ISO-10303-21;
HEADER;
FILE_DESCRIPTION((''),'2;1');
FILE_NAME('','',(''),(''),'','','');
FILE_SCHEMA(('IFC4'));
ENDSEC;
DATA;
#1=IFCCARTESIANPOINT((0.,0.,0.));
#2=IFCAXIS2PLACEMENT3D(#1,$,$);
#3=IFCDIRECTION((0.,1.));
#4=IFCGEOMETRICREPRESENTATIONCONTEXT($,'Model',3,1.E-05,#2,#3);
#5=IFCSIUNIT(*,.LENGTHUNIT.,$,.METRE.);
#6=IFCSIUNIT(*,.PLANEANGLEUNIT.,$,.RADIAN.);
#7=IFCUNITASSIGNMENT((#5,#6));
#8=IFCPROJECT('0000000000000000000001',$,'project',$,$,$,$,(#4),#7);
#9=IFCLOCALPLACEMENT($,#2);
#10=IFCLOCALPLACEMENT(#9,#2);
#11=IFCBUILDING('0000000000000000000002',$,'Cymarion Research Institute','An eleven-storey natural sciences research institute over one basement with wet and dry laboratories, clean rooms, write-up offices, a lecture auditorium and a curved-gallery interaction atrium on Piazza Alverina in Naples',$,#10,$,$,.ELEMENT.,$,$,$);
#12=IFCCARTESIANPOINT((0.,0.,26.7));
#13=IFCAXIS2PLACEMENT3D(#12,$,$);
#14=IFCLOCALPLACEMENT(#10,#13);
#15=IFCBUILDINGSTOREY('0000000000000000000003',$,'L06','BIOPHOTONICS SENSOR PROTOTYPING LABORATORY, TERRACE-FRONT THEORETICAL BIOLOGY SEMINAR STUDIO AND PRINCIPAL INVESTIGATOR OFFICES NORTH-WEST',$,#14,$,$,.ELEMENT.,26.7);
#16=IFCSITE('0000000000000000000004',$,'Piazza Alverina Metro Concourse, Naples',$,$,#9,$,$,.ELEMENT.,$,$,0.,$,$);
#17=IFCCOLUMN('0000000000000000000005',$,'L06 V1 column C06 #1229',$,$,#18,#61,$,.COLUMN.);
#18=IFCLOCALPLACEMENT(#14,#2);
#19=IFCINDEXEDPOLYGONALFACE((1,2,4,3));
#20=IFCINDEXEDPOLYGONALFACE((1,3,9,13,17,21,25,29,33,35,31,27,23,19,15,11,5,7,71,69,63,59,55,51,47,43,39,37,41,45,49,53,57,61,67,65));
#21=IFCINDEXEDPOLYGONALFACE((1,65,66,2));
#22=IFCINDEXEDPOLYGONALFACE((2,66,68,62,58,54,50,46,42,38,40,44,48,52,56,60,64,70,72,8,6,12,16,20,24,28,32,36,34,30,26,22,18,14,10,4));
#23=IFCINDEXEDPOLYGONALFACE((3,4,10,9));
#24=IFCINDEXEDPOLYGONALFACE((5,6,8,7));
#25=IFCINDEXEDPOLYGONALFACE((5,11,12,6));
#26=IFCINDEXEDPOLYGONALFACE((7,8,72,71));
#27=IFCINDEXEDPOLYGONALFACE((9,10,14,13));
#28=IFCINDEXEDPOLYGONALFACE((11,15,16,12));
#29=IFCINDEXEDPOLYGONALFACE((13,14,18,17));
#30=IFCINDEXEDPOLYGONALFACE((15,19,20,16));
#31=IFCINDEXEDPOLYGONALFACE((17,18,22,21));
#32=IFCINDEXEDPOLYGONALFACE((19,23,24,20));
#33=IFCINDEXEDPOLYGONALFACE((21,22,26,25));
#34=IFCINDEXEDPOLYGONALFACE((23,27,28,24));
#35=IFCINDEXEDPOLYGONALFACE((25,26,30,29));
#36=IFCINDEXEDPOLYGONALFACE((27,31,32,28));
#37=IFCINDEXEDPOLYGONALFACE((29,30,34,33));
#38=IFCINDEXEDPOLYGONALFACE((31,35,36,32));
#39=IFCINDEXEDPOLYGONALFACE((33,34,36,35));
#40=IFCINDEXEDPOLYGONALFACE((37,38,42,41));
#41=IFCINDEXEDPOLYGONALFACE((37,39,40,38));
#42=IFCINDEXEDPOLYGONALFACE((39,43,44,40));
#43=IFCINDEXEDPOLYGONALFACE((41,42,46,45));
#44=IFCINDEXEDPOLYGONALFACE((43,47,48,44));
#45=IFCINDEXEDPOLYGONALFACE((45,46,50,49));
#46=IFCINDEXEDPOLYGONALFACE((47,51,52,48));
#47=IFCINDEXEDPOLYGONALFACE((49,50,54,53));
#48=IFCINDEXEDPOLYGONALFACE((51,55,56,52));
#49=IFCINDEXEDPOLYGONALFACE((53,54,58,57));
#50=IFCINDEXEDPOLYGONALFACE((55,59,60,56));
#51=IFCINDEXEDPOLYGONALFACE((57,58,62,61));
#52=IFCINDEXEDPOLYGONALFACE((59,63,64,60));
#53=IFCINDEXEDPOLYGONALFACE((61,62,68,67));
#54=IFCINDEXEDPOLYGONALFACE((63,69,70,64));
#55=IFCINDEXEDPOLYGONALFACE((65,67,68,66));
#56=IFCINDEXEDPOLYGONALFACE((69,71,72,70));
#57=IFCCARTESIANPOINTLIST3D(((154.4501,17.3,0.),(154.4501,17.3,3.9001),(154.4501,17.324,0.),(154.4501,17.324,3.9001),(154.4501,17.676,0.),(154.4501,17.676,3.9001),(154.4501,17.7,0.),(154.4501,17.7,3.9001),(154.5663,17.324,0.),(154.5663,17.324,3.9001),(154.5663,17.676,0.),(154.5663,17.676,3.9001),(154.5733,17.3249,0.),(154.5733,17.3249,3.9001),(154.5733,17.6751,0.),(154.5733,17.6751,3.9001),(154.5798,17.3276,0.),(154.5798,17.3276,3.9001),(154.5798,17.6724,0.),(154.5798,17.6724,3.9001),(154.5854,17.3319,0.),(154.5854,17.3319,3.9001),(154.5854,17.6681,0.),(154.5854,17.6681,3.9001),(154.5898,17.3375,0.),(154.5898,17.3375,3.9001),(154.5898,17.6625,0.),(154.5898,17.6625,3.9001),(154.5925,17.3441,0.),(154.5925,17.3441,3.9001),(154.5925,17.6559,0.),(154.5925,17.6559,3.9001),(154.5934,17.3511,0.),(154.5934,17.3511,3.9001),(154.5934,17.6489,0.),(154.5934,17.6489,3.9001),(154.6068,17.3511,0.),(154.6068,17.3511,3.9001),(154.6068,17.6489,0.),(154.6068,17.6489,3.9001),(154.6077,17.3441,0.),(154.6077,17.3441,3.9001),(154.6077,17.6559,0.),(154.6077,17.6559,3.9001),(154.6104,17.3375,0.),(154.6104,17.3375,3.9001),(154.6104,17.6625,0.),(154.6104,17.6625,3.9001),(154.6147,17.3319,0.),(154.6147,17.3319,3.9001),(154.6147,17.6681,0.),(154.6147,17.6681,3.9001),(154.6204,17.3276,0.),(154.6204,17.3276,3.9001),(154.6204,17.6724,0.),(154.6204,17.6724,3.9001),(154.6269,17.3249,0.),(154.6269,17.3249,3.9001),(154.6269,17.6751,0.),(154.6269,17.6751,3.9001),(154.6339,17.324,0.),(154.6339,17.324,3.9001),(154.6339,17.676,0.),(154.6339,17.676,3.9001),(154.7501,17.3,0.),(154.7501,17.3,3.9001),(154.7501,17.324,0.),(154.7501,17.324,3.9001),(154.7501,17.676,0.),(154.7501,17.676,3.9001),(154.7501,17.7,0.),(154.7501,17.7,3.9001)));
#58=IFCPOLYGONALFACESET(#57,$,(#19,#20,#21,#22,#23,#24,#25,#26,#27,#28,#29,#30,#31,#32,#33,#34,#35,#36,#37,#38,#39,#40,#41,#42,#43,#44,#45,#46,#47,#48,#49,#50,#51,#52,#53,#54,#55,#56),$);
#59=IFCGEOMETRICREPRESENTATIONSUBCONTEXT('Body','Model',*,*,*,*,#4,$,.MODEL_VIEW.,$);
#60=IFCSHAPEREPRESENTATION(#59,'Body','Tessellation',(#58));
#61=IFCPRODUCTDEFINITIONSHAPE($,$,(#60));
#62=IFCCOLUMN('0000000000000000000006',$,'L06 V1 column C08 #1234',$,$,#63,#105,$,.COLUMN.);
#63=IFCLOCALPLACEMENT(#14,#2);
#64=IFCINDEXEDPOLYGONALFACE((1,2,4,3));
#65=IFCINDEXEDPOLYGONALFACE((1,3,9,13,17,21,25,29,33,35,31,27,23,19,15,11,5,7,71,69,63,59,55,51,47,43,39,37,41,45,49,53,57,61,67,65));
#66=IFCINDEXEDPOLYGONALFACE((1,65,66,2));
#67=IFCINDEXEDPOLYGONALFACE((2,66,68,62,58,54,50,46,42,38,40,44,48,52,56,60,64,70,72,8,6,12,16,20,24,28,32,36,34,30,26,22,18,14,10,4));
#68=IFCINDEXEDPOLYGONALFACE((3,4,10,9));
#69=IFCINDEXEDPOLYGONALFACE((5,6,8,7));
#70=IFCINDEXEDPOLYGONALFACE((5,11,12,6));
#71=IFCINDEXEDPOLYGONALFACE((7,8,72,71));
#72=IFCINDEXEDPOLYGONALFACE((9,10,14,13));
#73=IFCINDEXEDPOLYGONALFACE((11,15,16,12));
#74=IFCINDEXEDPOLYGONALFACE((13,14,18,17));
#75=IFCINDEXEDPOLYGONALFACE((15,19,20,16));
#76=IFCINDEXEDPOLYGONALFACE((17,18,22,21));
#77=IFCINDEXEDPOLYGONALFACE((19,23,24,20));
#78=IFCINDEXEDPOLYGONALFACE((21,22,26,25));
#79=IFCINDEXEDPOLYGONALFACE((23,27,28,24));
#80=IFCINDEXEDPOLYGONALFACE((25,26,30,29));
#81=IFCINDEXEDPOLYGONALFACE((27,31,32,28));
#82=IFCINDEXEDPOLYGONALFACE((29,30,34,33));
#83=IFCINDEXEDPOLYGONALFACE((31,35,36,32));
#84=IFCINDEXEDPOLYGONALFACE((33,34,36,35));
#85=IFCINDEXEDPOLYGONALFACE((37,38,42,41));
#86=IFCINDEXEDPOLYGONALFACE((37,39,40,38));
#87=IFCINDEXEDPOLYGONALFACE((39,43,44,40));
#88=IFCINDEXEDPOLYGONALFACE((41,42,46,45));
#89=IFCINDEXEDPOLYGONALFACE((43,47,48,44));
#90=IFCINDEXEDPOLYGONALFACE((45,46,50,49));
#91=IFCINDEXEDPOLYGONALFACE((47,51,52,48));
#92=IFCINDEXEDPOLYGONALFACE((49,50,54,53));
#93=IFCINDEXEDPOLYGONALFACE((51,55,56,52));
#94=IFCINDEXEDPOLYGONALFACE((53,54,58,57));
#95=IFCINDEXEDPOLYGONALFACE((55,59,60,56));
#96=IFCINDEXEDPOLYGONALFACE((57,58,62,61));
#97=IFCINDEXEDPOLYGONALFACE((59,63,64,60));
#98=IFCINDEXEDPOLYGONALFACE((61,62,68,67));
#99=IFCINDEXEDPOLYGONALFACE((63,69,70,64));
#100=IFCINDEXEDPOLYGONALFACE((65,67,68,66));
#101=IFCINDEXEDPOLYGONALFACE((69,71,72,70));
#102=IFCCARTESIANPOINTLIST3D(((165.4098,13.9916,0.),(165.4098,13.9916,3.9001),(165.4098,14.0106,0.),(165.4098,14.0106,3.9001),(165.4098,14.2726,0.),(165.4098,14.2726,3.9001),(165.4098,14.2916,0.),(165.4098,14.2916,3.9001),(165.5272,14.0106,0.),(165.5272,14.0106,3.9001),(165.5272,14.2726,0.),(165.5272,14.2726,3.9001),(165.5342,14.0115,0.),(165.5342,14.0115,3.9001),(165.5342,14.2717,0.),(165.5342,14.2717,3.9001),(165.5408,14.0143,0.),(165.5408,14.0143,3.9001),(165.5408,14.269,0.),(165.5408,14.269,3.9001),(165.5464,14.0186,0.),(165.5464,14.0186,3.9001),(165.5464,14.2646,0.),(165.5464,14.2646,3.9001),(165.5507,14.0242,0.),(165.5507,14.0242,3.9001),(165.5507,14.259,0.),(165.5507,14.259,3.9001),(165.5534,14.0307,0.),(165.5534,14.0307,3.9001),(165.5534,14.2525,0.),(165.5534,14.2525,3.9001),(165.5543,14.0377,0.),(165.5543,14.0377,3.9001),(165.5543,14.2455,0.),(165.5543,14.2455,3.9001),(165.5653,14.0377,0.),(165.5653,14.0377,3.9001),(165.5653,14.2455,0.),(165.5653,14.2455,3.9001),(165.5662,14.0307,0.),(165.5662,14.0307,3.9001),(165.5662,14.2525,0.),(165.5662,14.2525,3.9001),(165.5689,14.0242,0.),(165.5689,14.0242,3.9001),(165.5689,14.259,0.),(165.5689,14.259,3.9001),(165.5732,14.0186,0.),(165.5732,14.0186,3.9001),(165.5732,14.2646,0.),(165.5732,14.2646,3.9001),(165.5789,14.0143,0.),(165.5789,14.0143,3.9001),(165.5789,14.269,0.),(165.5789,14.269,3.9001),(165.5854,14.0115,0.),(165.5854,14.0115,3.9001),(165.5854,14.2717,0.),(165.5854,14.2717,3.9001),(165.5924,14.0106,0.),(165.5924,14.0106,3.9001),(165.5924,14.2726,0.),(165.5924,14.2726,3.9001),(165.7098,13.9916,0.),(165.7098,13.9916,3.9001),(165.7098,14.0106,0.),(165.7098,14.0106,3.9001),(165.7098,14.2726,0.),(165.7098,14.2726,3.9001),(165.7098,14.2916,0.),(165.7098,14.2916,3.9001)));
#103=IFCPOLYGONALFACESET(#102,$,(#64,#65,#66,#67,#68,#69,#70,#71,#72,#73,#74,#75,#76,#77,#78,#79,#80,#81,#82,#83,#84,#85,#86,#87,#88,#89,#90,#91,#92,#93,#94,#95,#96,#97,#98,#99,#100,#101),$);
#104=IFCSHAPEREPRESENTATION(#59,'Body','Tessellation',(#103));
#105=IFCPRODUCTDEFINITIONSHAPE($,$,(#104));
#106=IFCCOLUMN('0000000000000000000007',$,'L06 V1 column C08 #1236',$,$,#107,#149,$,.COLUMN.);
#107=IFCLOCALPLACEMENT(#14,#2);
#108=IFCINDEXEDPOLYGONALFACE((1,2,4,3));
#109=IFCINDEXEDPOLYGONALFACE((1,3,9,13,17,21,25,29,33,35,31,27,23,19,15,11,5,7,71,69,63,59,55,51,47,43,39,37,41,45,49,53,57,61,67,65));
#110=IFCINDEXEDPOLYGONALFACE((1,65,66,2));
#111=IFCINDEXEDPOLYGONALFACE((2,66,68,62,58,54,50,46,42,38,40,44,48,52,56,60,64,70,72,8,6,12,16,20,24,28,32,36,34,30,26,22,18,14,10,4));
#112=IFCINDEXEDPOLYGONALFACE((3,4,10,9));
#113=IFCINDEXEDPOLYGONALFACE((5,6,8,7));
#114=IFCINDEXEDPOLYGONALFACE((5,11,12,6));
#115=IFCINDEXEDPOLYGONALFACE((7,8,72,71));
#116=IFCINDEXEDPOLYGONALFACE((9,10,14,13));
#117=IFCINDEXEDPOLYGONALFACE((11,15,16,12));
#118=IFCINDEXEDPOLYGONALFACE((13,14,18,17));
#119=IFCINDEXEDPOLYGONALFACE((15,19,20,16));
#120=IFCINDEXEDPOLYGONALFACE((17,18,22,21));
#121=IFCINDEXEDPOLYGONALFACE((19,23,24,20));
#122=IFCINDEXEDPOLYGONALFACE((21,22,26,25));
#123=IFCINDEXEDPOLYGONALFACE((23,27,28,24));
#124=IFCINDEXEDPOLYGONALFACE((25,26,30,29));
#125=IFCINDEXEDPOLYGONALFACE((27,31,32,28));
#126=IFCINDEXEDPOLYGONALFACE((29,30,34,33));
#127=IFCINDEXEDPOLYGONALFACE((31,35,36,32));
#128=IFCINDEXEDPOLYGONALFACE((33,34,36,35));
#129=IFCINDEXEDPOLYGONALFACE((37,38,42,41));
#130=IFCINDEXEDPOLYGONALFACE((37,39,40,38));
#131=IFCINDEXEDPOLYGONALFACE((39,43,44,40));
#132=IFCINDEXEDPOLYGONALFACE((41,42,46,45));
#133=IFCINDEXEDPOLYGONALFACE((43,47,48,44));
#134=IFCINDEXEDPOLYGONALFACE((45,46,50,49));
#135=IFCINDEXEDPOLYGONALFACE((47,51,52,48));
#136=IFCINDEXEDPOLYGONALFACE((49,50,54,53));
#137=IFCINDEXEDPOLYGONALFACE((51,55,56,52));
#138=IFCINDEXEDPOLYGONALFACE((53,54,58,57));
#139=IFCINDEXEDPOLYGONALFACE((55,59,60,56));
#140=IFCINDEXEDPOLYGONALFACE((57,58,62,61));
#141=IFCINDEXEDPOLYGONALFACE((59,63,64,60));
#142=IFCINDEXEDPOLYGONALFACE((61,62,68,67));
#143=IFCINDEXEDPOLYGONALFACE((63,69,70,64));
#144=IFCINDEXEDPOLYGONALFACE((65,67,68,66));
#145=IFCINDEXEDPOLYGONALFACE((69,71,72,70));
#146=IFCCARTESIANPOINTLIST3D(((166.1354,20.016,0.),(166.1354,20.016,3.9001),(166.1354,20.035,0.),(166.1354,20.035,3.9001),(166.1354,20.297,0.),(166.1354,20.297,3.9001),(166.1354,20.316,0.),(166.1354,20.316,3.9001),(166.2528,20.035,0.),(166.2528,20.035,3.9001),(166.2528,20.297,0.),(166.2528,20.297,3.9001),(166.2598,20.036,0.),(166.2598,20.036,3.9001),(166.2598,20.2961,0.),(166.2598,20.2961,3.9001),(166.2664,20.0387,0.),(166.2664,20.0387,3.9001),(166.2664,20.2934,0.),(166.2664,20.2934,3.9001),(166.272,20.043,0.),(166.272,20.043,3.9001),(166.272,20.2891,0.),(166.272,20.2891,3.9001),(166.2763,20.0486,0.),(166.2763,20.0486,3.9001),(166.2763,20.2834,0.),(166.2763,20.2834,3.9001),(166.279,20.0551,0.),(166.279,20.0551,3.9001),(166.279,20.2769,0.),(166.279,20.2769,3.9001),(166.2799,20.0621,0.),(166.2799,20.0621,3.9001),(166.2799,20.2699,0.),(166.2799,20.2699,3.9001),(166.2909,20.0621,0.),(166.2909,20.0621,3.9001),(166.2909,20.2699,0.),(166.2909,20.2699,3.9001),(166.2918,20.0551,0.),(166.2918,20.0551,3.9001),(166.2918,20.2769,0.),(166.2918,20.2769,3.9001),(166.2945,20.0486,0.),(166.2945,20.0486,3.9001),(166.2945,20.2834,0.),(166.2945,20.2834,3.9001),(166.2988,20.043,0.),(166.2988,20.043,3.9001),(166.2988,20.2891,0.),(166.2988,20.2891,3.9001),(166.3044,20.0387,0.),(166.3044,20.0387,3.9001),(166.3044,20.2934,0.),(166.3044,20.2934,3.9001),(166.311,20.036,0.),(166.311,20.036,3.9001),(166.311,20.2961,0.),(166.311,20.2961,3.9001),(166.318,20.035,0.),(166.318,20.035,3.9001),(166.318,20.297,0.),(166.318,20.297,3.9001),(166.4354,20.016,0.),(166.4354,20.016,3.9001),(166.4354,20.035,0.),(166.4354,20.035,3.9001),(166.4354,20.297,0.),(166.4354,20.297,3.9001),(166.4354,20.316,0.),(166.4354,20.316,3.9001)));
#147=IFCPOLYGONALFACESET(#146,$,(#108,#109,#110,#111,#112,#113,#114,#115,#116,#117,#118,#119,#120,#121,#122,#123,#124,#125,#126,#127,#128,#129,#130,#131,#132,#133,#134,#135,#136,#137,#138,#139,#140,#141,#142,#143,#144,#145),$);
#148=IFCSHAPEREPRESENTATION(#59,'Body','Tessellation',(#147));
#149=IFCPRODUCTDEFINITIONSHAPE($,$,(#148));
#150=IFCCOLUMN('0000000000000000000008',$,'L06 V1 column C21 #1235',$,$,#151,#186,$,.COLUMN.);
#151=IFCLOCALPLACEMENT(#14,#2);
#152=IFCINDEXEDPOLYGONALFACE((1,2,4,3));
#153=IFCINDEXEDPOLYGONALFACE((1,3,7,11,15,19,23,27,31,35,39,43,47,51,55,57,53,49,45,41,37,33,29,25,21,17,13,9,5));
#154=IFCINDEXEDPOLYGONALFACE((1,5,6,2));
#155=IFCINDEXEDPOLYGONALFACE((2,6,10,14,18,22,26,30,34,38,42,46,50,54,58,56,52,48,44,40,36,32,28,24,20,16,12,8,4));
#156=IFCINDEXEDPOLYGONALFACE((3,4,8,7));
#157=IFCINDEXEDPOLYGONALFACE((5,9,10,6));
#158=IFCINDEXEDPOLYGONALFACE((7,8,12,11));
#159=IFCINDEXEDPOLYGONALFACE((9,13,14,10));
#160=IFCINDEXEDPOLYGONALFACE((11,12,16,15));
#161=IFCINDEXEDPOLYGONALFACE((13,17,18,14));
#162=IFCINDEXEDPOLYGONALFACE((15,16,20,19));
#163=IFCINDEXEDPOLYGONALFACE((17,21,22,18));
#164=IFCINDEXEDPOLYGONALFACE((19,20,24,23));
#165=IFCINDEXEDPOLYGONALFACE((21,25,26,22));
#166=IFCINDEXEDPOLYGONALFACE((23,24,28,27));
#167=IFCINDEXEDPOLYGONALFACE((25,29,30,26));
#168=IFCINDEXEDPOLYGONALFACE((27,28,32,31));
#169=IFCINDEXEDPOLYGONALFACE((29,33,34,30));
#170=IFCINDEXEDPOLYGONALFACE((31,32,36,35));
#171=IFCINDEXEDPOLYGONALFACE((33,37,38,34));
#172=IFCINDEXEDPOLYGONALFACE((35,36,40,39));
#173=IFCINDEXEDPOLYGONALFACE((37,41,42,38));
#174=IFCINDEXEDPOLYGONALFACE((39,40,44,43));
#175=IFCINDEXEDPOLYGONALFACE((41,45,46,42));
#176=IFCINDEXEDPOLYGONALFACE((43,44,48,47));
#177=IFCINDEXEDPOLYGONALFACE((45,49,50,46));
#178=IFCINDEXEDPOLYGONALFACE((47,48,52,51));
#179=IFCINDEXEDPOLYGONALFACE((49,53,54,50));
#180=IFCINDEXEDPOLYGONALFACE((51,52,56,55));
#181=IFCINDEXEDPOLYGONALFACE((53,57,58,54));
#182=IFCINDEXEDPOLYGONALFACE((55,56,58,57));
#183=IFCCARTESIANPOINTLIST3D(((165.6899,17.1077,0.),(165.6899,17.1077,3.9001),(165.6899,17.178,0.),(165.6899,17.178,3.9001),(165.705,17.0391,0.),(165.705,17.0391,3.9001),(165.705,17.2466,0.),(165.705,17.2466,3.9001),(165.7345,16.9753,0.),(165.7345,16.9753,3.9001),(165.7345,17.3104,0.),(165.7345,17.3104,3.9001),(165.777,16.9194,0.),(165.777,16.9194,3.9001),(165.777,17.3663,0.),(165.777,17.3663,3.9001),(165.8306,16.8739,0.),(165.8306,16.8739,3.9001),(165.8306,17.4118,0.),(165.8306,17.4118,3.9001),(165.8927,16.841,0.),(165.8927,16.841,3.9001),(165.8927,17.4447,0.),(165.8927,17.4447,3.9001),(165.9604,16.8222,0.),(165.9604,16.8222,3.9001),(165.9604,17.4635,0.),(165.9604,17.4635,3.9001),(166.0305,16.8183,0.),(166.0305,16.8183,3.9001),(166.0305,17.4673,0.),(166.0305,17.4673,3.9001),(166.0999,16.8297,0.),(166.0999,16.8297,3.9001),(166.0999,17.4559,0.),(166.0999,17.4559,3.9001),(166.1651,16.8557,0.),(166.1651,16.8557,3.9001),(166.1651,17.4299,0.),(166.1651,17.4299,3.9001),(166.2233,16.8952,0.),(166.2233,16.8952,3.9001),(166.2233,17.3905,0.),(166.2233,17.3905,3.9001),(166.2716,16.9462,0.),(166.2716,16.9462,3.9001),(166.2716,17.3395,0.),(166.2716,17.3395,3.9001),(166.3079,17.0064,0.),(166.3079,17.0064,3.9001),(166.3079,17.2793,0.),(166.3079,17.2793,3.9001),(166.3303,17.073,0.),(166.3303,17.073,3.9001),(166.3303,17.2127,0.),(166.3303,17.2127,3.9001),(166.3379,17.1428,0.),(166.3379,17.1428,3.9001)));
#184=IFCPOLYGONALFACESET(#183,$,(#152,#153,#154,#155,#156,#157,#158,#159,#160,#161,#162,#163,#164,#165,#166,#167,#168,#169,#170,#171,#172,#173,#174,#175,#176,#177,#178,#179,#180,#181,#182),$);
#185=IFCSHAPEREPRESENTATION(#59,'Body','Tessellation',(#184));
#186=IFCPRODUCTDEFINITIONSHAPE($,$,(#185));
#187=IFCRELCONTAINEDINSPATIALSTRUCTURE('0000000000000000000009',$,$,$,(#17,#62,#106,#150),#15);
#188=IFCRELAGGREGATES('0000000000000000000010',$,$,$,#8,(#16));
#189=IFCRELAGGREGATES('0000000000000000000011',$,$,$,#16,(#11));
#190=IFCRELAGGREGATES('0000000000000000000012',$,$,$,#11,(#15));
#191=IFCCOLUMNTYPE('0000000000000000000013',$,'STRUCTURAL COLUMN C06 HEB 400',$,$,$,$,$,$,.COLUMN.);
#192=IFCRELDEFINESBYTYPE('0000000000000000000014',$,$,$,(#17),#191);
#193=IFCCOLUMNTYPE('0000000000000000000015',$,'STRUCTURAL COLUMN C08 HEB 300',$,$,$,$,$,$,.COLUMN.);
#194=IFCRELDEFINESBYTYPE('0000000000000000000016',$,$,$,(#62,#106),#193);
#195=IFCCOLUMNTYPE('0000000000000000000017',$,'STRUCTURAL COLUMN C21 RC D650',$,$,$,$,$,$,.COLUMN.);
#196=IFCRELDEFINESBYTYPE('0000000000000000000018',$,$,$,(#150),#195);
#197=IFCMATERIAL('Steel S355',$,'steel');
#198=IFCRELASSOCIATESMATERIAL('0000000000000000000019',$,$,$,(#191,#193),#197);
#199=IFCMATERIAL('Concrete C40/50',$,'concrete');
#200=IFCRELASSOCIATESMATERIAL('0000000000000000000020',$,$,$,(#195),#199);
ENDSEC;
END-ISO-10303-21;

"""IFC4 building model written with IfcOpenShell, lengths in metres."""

from ifc_helpers import new_model, si_unit, direction, frame, origin, origin_2d, place, context, subcontext, project, spatial, circle, i_section, extrude, material, material_profile, profile_set, type_object, element, save


model = new_model("IFC4")

# Units and contexts
model_context = context("Model", 3, precision=1e-05, world=origin(), true_north=direction((0.0, 1.0)))
body_context = subcontext(model_context, "Body", "Model", "MODEL_VIEW")
ifc_project = project(units=[si_unit("LENGTHUNIT", "METRE"), si_unit("PLANEANGLEUNIT", "RADIAN")], contexts=[model_context])

# Site, building, storey
site_placement = place(None, origin())
site = spatial("IfcSite", under=ifc_project, at=site_placement, Name="Piazza Alverina Metro Concourse, Naples", CompositionType="ELEMENT", RefElevation=0.0)
building_placement = place(site_placement, origin())
building = spatial("IfcBuilding", under=site, at=building_placement, Name="Cymarion Research Institute", Description="An eleven-storey natural sciences research institute over one basement with wet and dry laboratories, clean rooms, write-up offices, a lecture auditorium and a curved-gallery interaction atrium on Piazza Alverina in Naples", CompositionType="ELEMENT")
storey_placement = place(building_placement, frame((0.0, 0.0, 26.7)))
storey = spatial("IfcBuildingStorey", under=building, at=storey_placement, Name="L06", Description="BIOPHOTONICS SENSOR PROTOTYPING LABORATORY, TERRACE-FRONT THEORETICAL BIOLOGY SEMINAR STUDIO AND PRINCIPAL INVESTIGATOR OFFICES NORTH-WEST", CompositionType="ELEMENT", Elevation=26.7)

# Columns
ifc_material_1 = material(Name="Steel S355", Category="steel")
ifc_material_profile_1 = material_profile(ifc_material_1, i_section(OverallWidth=0.3, OverallDepth=0.3999, WebThickness=0.0134, FlangeThickness=0.0239, FilletRadius=0.0271, at=origin_2d()), Name="HEB 400")
ifc_profile_set_1 = profile_set([ifc_material_profile_1], Name="Steel S355")
column_type_1 = type_object("IfcColumnType", Name="STRUCTURAL COLUMN C06 HEB 400", PredefinedType="COLUMN", material=ifc_profile_set_1)
column_placement = place(storey_placement, frame((154.6001, 17.5, 0.0), z_axis=(0.0, 0.0, 1.0), x_axis=(1.0, 0.0, 0.0)))
element("IfcColumn", 1, at=column_placement, inside=storey, type_object=column_type_1, Name="L06 V1 column C06 #1229", PredefinedType="COLUMN", context=body_context, shape_type="SweptSolid", body=[
    extrude(i_section(OverallWidth=0.3, OverallDepth=0.3999, WebThickness=0.0134, FlangeThickness=0.0239, FilletRadius=0.0271, at=origin_2d()), origin(), (0.0, 0.0, 1.0), 3.9001),
])
ifc_material_profile_2 = material_profile(ifc_material_1, i_section(OverallWidth=0.3, OverallDepth=0.3, WebThickness=0.011, FlangeThickness=0.019, FilletRadius=0.0271, at=origin_2d()), Name="HEB 300")
ifc_profile_set_2 = profile_set([ifc_material_profile_2], Name="Steel S355")
column_type_2 = type_object("IfcColumnType", Name="STRUCTURAL COLUMN C08 HEB 300", PredefinedType="COLUMN", material=ifc_profile_set_2)
for number, where, z_axis, x_axis, name in (
    (2, (165.5598, 14.1416, 0.0), (0.0, 0.0, 1.0), (1.0, 0.0, 0.0), "L06 V1 column C08 #1234"),
    (3, (166.2854, 20.166, 0.0), (0.0, 0.0, 1.0), (1.0, 0.0, 0.0), "L06 V1 column C08 #1236"),
):
    element("IfcColumn", number, at=place(storey_placement, frame(where, z_axis=z_axis, x_axis=x_axis)), inside=storey, type_object=column_type_2, Name=name, PredefinedType="COLUMN", context=body_context, shape_type="SweptSolid", body=[
        extrude(i_section(OverallWidth=0.3, OverallDepth=0.3, WebThickness=0.011, FlangeThickness=0.019, FilletRadius=0.0271, at=origin_2d()), origin(), (0.0, 0.0, 1.0), 3.9001),
    ])
ifc_material_2 = material(Name="Concrete C40/50", Category="concrete")
ifc_material_profile_3 = material_profile(ifc_material_2, circle(Radius=0.325, at=origin_2d()), Name="RC D650")
ifc_profile_set_3 = profile_set([ifc_material_profile_3], Name="Concrete C40/50")
column_type_3 = type_object("IfcColumnType", Name="STRUCTURAL COLUMN C21 RC D650", PredefinedType="COLUMN", material=ifc_profile_set_3)
for number, where, z_axis, x_axis, name in (
    (4, (166.0129, 17.1428, 0.0), (0.0, 0.0, 1.0), (1.0, 0.0, 0.0), "L06 V1 column C21 #1235"),
):
    element("IfcColumn", number, at=place(storey_placement, frame(where, z_axis=z_axis, x_axis=x_axis)), inside=storey, type_object=column_type_3, Name=name, PredefinedType="COLUMN", context=body_context, shape_type="SweptSolid", body=[
        extrude(circle(Radius=0.325, at=origin_2d()), origin(), (0.0, 0.0, 1.0), 3.9001),
    ])

save(model, "model.ifc")
